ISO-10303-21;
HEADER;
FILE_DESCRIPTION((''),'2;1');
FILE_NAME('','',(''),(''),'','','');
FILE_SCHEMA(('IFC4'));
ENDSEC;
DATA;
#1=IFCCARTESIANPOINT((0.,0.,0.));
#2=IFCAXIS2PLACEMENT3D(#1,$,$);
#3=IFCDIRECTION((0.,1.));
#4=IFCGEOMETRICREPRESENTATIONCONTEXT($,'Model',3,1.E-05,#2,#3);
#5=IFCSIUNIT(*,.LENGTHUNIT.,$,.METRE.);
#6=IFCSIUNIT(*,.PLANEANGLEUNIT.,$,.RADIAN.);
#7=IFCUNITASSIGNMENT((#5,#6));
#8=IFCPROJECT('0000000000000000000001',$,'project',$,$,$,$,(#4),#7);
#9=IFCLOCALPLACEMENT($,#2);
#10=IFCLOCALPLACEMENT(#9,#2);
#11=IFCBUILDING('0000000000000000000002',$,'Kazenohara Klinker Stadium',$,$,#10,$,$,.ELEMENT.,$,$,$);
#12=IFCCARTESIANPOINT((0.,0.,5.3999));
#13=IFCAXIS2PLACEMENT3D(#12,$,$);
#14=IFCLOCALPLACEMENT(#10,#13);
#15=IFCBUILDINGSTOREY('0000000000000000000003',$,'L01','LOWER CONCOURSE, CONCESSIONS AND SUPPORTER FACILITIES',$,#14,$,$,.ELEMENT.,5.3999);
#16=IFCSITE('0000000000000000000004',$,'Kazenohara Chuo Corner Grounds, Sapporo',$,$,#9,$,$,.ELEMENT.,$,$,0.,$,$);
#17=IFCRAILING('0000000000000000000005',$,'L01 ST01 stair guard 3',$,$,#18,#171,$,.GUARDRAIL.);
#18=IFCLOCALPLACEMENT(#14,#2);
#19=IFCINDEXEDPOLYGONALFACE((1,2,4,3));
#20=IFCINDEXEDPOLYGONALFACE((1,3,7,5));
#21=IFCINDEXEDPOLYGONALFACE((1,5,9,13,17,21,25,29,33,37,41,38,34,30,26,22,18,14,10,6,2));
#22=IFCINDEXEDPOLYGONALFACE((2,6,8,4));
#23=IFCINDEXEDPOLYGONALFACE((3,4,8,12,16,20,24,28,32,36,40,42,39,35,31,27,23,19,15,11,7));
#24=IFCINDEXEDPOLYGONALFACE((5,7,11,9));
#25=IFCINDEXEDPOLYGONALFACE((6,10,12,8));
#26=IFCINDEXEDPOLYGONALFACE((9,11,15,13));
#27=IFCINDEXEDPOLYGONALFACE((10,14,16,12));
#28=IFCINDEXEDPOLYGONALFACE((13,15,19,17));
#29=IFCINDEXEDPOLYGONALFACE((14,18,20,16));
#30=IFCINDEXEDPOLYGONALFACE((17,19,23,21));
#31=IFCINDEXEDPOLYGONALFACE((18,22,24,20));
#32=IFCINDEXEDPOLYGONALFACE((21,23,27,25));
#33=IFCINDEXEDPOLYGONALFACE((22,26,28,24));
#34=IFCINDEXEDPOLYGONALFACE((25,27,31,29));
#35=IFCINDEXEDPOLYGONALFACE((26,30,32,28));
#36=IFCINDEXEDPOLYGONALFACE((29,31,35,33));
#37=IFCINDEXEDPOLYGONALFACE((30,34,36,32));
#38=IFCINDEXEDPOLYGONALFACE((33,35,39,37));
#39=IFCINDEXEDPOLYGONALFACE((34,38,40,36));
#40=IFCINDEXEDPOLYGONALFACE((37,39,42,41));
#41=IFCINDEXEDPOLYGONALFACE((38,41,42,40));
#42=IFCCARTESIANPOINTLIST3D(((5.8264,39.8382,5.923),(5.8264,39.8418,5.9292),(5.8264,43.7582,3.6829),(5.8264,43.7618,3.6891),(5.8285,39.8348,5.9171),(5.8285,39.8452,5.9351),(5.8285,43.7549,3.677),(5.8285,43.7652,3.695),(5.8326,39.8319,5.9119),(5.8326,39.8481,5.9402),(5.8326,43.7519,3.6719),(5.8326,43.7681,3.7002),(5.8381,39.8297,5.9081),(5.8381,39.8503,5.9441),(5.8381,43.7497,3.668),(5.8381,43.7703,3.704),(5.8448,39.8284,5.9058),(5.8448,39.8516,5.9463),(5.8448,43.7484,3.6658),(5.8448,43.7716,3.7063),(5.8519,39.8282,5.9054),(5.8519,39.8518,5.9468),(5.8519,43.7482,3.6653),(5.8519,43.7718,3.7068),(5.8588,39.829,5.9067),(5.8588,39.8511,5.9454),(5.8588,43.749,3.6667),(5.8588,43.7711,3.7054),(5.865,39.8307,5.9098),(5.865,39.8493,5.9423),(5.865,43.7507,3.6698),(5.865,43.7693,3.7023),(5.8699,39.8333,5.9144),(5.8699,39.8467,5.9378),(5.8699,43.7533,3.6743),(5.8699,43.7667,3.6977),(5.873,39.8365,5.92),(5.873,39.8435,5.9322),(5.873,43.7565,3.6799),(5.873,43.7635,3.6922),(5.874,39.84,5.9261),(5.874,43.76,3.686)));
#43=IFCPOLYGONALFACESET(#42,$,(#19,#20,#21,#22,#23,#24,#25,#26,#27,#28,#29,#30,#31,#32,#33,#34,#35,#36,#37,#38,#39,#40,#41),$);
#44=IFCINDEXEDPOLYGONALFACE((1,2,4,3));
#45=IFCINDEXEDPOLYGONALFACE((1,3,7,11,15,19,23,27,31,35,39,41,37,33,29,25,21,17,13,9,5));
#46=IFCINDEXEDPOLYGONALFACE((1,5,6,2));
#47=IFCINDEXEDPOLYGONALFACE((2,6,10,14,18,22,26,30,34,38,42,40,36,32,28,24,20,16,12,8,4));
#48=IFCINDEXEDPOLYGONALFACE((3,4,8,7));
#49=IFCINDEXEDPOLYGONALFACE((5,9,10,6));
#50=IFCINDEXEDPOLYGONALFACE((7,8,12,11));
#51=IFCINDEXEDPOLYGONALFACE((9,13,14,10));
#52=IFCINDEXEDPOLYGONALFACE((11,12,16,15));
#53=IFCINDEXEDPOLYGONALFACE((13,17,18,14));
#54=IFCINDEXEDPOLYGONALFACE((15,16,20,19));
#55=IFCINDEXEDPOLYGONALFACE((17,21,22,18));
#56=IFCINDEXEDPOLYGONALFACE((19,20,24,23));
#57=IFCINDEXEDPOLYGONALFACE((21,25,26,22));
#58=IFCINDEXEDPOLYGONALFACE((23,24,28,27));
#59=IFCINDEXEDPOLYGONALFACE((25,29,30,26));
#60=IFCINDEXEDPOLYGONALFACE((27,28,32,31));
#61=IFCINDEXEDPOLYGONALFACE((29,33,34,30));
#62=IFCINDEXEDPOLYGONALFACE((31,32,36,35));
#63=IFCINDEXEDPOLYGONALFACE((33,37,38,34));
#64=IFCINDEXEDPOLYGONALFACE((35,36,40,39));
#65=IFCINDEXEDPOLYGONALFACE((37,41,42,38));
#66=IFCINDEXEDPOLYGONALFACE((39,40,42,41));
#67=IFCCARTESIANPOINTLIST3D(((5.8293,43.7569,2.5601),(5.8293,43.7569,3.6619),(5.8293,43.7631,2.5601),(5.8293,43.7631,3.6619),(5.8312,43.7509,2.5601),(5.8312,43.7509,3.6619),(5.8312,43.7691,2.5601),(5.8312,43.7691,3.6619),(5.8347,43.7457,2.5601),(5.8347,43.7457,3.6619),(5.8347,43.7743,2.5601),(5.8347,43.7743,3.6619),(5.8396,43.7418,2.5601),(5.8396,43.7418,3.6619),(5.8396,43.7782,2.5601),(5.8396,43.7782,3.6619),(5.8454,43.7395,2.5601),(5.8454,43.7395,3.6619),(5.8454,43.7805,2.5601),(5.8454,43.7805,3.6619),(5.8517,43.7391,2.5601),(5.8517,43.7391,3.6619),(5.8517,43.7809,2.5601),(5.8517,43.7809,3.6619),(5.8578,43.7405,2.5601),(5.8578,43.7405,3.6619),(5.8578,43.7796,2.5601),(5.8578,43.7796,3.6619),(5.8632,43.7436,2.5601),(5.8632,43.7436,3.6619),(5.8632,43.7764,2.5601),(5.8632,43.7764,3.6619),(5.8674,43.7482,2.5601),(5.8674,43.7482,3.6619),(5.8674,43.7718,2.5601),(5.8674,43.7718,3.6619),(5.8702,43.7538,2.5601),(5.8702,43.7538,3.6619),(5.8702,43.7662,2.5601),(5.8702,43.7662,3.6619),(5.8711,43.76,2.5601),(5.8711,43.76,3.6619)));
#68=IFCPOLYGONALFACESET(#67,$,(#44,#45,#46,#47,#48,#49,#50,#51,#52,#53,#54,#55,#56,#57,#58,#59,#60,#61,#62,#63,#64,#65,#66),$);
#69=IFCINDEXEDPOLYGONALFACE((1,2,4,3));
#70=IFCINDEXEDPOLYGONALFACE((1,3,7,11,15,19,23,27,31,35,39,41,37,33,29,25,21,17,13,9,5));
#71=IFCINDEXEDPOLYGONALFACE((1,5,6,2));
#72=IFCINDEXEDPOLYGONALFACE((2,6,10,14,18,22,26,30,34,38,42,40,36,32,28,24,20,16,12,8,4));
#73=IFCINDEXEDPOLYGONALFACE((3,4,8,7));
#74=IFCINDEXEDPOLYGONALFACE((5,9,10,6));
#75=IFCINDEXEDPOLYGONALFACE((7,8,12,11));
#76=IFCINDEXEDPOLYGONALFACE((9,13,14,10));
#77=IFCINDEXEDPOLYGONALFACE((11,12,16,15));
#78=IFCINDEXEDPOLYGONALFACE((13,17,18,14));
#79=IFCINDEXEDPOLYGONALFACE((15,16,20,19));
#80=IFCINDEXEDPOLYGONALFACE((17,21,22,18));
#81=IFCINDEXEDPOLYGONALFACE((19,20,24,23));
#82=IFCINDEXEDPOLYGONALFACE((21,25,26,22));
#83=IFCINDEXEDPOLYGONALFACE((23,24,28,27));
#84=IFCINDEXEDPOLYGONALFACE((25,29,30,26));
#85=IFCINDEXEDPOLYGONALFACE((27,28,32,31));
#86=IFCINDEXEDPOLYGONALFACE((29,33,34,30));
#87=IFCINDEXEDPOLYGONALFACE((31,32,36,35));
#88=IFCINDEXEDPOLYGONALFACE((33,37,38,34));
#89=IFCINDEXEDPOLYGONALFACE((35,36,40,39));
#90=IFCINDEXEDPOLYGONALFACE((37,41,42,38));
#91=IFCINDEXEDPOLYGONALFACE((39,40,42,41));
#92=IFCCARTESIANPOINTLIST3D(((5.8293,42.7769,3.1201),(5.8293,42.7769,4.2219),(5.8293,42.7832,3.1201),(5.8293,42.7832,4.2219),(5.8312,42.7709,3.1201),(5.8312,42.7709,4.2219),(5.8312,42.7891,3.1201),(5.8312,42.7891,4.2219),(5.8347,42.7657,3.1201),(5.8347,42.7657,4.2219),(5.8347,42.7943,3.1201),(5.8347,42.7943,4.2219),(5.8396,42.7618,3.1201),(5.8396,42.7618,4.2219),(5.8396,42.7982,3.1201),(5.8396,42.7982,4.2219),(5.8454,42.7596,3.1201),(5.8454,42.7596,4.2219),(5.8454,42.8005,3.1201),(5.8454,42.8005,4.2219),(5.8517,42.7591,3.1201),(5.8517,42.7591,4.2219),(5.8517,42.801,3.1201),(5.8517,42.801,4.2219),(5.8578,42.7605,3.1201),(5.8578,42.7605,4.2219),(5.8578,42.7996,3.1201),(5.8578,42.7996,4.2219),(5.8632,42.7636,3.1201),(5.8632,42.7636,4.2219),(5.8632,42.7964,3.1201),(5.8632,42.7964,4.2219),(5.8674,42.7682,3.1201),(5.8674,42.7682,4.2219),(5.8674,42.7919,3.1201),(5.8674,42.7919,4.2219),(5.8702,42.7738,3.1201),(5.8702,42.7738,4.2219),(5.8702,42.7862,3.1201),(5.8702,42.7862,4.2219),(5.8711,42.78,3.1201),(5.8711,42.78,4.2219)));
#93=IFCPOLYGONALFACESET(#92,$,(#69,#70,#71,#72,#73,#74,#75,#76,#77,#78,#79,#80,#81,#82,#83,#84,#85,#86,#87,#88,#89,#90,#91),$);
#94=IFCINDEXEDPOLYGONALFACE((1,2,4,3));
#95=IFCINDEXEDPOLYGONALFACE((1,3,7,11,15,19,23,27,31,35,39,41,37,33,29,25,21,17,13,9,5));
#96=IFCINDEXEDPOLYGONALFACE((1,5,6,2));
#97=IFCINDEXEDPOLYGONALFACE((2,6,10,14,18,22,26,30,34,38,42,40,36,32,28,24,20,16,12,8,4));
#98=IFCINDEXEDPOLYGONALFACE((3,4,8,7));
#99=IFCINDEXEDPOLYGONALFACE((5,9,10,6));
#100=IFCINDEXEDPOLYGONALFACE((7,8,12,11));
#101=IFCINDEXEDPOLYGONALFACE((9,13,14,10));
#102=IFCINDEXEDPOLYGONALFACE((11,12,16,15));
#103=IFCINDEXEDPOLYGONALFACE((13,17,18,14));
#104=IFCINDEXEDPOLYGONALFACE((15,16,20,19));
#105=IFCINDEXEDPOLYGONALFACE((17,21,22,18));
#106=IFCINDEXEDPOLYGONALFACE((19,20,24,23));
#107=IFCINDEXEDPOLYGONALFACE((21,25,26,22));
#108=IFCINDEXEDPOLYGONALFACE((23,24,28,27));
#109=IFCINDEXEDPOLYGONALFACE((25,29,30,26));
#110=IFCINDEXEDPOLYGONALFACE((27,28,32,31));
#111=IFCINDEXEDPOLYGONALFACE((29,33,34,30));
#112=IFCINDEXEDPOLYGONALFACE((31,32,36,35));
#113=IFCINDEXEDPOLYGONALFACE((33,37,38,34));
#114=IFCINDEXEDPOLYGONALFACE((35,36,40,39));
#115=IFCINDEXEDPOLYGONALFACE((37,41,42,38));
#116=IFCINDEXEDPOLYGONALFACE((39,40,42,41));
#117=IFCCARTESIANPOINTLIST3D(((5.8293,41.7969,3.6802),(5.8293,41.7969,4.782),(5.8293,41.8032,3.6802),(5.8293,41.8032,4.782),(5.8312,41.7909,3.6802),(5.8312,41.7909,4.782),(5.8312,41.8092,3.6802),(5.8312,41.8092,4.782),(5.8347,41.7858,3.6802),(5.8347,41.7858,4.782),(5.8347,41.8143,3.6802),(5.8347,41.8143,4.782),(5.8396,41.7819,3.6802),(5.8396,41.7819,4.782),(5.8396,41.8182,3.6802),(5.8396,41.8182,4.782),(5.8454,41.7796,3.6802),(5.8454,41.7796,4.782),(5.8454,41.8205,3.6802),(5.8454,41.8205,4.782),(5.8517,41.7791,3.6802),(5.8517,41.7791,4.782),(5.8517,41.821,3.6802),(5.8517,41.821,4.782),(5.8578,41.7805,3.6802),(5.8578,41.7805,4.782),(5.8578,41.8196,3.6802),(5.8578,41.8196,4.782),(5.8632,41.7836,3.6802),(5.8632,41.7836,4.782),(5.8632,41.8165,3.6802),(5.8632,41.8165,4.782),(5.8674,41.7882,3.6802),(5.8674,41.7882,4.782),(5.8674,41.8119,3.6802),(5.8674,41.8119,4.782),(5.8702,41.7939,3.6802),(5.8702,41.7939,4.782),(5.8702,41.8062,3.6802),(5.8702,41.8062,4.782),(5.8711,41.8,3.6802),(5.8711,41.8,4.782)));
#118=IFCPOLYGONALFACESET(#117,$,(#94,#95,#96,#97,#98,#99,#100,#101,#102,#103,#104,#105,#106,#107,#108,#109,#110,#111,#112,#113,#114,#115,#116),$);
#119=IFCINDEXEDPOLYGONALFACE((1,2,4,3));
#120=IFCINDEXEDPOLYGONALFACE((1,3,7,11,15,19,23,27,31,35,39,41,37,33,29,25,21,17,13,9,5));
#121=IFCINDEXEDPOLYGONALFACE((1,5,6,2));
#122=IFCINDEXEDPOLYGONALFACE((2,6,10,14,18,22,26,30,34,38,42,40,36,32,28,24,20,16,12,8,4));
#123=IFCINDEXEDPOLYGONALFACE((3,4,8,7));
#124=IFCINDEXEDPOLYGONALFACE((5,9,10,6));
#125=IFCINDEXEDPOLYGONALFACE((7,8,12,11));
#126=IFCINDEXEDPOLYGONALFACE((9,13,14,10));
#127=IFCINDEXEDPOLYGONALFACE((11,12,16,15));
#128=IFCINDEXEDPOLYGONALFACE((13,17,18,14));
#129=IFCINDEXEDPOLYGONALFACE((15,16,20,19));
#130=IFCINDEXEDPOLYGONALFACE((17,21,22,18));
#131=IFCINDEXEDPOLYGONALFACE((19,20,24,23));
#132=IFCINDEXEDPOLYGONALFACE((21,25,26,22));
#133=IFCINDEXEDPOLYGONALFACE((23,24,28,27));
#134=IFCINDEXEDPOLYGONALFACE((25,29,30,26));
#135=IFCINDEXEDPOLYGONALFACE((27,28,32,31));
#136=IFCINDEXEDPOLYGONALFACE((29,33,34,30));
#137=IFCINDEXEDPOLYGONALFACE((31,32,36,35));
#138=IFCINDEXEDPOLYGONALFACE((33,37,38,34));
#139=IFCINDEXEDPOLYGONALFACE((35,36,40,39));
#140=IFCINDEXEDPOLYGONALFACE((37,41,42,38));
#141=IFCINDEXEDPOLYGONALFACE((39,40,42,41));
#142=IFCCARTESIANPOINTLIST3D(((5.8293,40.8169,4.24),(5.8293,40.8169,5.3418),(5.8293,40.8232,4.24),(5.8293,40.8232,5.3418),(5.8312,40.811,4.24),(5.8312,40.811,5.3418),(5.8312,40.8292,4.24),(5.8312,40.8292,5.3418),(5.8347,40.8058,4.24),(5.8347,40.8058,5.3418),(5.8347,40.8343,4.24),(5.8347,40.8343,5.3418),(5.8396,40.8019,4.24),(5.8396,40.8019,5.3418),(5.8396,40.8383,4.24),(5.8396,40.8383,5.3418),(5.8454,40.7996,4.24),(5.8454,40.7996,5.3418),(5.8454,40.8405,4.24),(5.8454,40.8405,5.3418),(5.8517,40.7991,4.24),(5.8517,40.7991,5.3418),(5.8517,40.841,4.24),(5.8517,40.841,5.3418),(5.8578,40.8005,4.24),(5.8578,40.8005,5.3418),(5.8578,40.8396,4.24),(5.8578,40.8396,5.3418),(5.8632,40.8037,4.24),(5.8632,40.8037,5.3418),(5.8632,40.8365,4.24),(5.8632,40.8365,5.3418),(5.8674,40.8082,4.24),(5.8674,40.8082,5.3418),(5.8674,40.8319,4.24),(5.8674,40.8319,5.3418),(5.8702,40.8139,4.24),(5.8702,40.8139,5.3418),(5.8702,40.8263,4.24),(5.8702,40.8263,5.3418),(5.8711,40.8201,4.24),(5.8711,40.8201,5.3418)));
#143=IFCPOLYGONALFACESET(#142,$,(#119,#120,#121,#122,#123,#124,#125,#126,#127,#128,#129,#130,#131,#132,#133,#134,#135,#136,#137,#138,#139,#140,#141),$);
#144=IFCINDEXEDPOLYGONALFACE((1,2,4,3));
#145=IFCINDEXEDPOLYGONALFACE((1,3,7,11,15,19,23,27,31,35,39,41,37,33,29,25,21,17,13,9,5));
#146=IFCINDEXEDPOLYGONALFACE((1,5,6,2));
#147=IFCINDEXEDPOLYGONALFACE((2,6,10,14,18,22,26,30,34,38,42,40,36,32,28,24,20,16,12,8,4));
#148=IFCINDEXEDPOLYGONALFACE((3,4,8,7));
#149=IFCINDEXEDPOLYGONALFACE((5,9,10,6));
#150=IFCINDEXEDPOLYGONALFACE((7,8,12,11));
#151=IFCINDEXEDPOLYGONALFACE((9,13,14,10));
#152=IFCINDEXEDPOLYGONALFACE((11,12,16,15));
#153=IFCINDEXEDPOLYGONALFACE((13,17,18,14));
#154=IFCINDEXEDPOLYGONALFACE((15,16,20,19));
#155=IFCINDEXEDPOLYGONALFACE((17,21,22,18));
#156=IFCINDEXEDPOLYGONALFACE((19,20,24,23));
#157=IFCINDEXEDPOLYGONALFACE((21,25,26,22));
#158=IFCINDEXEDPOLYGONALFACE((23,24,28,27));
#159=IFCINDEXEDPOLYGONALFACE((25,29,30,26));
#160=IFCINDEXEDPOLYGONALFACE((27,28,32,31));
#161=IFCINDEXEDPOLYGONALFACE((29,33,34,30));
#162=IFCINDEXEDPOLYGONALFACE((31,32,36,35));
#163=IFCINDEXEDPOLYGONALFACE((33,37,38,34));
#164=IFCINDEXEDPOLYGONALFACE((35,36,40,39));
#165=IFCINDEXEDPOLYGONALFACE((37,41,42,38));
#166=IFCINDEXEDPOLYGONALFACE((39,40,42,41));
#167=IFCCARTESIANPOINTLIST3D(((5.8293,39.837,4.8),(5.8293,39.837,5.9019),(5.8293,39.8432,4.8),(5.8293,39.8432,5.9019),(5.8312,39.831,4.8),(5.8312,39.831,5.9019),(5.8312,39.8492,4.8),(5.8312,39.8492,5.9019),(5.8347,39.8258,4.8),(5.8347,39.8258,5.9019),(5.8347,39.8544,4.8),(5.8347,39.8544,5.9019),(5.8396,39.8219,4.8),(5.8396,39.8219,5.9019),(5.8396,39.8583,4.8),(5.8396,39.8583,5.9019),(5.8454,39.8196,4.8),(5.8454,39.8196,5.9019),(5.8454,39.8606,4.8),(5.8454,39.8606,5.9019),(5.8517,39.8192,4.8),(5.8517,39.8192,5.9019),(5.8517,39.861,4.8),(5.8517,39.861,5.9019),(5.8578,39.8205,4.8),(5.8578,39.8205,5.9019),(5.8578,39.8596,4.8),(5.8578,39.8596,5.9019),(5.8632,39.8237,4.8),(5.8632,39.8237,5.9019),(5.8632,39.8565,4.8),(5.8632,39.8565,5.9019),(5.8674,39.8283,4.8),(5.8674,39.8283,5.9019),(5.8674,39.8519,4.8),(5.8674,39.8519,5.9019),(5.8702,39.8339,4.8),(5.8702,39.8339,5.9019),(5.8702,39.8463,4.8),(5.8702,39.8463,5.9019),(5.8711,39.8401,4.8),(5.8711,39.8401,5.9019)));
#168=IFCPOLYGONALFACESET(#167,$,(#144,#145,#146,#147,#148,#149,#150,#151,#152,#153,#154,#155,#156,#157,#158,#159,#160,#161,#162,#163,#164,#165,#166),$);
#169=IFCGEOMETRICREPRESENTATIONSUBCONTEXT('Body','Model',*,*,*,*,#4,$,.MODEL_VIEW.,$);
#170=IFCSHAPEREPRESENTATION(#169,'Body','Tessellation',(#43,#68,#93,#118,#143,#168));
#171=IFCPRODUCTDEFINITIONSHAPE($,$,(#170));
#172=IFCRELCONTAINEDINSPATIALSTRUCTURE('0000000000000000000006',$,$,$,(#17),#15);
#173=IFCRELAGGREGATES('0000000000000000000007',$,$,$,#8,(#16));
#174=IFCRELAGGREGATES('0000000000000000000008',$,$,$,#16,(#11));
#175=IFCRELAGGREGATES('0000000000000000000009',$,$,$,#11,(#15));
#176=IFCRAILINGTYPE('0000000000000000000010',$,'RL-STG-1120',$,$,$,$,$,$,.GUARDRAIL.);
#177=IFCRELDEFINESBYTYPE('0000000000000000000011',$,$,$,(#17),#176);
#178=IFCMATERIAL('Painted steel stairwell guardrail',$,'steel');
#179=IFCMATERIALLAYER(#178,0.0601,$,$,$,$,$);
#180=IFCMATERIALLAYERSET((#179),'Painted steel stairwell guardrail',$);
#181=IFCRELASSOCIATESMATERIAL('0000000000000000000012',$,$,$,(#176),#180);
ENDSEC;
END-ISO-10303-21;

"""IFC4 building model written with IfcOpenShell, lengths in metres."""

from ifc_helpers import new_model, si_unit, direction, frame, origin, origin_2d, place, context, subcontext, project, spatial, circle, extrude, material, layer, layer_set, type_object, element, save


model = new_model("IFC4")

# Units and contexts
model_context = context("Model", 3, precision=1e-05, world=origin(), true_north=direction((0.0, 1.0)))
body_context = subcontext(model_context, "Body", "Model", "MODEL_VIEW")
ifc_project = project(units=[si_unit("LENGTHUNIT", "METRE"), si_unit("PLANEANGLEUNIT", "RADIAN")], contexts=[model_context])

# Site, building, storey
site_placement = place(None, origin())
site = spatial("IfcSite", under=ifc_project, at=site_placement, Name="Kazenohara Chuo Corner Grounds, Sapporo", CompositionType="ELEMENT", RefElevation=0.0)
building_placement = place(site_placement, origin())
building = spatial("IfcBuilding", under=site, at=building_placement, Name="Kazenohara Klinker Stadium", CompositionType="ELEMENT")
storey_placement = place(building_placement, frame((0.0, 0.0, 5.3999)))
storey = spatial("IfcBuildingStorey", under=building, at=storey_placement, Name="L01", Description="LOWER CONCOURSE, CONCESSIONS AND SUPPORTER FACILITIES", CompositionType="ELEMENT", Elevation=5.3999)

# Railing
ifc_material_1 = material(Name="Painted steel stairwell guardrail", Category="steel")
ifc_layer_1 = layer(ifc_material_1, 0.0601)
ifc_layer_set_1 = layer_set([ifc_layer_1], Name="Painted steel stairwell guardrail")
railing_type = type_object("IfcRailingType", Name="RL-STG-1120", PredefinedType="GUARDRAIL", material=ifc_layer_set_1)
railing_1_placement = place(storey_placement, frame((5.8501, 43.76, 2.5601)))
element("IfcRailing", 1, at=railing_1_placement, inside=storey, type_object=railing_type, Name="L01 ST01 stair guard 3", PredefinedType="GUARDRAIL", context=body_context, shape_type="SweptSolid", body=[
    extrude(circle(Radius=0.0239, at=origin_2d()), frame((0.0, 0.0, 1.126), z_axis=(0.0, -0.86824, 0.496145), x_axis=(1.0, 0.0, 0.0)), (0.0, 0.0, 1.0), 4.5149),
    extrude(circle(Radius=0.021, at=origin_2d()), origin(), (0.0, 0.0, 1.0), 1.1018),
    extrude(circle(Radius=0.021, at=origin_2d()), frame((0.0, -0.98, 0.5601)), (0.0, 0.0, 1.0), 1.1018),
    extrude(circle(Radius=0.021, at=origin_2d()), frame((0.0, -1.96, 1.1201)), (0.0, 0.0, 1.0), 1.1018),
    extrude(circle(Radius=0.021, at=origin_2d()), frame((0.0, -2.9399, 1.6799)), (0.0, 0.0, 1.0), 1.1018),
    extrude(circle(Radius=0.021, at=origin_2d()), frame((0.0, -3.9199, 2.24)), (0.0, 0.0, 1.0), 1.1018),
])

save(model, "model.ifc")
